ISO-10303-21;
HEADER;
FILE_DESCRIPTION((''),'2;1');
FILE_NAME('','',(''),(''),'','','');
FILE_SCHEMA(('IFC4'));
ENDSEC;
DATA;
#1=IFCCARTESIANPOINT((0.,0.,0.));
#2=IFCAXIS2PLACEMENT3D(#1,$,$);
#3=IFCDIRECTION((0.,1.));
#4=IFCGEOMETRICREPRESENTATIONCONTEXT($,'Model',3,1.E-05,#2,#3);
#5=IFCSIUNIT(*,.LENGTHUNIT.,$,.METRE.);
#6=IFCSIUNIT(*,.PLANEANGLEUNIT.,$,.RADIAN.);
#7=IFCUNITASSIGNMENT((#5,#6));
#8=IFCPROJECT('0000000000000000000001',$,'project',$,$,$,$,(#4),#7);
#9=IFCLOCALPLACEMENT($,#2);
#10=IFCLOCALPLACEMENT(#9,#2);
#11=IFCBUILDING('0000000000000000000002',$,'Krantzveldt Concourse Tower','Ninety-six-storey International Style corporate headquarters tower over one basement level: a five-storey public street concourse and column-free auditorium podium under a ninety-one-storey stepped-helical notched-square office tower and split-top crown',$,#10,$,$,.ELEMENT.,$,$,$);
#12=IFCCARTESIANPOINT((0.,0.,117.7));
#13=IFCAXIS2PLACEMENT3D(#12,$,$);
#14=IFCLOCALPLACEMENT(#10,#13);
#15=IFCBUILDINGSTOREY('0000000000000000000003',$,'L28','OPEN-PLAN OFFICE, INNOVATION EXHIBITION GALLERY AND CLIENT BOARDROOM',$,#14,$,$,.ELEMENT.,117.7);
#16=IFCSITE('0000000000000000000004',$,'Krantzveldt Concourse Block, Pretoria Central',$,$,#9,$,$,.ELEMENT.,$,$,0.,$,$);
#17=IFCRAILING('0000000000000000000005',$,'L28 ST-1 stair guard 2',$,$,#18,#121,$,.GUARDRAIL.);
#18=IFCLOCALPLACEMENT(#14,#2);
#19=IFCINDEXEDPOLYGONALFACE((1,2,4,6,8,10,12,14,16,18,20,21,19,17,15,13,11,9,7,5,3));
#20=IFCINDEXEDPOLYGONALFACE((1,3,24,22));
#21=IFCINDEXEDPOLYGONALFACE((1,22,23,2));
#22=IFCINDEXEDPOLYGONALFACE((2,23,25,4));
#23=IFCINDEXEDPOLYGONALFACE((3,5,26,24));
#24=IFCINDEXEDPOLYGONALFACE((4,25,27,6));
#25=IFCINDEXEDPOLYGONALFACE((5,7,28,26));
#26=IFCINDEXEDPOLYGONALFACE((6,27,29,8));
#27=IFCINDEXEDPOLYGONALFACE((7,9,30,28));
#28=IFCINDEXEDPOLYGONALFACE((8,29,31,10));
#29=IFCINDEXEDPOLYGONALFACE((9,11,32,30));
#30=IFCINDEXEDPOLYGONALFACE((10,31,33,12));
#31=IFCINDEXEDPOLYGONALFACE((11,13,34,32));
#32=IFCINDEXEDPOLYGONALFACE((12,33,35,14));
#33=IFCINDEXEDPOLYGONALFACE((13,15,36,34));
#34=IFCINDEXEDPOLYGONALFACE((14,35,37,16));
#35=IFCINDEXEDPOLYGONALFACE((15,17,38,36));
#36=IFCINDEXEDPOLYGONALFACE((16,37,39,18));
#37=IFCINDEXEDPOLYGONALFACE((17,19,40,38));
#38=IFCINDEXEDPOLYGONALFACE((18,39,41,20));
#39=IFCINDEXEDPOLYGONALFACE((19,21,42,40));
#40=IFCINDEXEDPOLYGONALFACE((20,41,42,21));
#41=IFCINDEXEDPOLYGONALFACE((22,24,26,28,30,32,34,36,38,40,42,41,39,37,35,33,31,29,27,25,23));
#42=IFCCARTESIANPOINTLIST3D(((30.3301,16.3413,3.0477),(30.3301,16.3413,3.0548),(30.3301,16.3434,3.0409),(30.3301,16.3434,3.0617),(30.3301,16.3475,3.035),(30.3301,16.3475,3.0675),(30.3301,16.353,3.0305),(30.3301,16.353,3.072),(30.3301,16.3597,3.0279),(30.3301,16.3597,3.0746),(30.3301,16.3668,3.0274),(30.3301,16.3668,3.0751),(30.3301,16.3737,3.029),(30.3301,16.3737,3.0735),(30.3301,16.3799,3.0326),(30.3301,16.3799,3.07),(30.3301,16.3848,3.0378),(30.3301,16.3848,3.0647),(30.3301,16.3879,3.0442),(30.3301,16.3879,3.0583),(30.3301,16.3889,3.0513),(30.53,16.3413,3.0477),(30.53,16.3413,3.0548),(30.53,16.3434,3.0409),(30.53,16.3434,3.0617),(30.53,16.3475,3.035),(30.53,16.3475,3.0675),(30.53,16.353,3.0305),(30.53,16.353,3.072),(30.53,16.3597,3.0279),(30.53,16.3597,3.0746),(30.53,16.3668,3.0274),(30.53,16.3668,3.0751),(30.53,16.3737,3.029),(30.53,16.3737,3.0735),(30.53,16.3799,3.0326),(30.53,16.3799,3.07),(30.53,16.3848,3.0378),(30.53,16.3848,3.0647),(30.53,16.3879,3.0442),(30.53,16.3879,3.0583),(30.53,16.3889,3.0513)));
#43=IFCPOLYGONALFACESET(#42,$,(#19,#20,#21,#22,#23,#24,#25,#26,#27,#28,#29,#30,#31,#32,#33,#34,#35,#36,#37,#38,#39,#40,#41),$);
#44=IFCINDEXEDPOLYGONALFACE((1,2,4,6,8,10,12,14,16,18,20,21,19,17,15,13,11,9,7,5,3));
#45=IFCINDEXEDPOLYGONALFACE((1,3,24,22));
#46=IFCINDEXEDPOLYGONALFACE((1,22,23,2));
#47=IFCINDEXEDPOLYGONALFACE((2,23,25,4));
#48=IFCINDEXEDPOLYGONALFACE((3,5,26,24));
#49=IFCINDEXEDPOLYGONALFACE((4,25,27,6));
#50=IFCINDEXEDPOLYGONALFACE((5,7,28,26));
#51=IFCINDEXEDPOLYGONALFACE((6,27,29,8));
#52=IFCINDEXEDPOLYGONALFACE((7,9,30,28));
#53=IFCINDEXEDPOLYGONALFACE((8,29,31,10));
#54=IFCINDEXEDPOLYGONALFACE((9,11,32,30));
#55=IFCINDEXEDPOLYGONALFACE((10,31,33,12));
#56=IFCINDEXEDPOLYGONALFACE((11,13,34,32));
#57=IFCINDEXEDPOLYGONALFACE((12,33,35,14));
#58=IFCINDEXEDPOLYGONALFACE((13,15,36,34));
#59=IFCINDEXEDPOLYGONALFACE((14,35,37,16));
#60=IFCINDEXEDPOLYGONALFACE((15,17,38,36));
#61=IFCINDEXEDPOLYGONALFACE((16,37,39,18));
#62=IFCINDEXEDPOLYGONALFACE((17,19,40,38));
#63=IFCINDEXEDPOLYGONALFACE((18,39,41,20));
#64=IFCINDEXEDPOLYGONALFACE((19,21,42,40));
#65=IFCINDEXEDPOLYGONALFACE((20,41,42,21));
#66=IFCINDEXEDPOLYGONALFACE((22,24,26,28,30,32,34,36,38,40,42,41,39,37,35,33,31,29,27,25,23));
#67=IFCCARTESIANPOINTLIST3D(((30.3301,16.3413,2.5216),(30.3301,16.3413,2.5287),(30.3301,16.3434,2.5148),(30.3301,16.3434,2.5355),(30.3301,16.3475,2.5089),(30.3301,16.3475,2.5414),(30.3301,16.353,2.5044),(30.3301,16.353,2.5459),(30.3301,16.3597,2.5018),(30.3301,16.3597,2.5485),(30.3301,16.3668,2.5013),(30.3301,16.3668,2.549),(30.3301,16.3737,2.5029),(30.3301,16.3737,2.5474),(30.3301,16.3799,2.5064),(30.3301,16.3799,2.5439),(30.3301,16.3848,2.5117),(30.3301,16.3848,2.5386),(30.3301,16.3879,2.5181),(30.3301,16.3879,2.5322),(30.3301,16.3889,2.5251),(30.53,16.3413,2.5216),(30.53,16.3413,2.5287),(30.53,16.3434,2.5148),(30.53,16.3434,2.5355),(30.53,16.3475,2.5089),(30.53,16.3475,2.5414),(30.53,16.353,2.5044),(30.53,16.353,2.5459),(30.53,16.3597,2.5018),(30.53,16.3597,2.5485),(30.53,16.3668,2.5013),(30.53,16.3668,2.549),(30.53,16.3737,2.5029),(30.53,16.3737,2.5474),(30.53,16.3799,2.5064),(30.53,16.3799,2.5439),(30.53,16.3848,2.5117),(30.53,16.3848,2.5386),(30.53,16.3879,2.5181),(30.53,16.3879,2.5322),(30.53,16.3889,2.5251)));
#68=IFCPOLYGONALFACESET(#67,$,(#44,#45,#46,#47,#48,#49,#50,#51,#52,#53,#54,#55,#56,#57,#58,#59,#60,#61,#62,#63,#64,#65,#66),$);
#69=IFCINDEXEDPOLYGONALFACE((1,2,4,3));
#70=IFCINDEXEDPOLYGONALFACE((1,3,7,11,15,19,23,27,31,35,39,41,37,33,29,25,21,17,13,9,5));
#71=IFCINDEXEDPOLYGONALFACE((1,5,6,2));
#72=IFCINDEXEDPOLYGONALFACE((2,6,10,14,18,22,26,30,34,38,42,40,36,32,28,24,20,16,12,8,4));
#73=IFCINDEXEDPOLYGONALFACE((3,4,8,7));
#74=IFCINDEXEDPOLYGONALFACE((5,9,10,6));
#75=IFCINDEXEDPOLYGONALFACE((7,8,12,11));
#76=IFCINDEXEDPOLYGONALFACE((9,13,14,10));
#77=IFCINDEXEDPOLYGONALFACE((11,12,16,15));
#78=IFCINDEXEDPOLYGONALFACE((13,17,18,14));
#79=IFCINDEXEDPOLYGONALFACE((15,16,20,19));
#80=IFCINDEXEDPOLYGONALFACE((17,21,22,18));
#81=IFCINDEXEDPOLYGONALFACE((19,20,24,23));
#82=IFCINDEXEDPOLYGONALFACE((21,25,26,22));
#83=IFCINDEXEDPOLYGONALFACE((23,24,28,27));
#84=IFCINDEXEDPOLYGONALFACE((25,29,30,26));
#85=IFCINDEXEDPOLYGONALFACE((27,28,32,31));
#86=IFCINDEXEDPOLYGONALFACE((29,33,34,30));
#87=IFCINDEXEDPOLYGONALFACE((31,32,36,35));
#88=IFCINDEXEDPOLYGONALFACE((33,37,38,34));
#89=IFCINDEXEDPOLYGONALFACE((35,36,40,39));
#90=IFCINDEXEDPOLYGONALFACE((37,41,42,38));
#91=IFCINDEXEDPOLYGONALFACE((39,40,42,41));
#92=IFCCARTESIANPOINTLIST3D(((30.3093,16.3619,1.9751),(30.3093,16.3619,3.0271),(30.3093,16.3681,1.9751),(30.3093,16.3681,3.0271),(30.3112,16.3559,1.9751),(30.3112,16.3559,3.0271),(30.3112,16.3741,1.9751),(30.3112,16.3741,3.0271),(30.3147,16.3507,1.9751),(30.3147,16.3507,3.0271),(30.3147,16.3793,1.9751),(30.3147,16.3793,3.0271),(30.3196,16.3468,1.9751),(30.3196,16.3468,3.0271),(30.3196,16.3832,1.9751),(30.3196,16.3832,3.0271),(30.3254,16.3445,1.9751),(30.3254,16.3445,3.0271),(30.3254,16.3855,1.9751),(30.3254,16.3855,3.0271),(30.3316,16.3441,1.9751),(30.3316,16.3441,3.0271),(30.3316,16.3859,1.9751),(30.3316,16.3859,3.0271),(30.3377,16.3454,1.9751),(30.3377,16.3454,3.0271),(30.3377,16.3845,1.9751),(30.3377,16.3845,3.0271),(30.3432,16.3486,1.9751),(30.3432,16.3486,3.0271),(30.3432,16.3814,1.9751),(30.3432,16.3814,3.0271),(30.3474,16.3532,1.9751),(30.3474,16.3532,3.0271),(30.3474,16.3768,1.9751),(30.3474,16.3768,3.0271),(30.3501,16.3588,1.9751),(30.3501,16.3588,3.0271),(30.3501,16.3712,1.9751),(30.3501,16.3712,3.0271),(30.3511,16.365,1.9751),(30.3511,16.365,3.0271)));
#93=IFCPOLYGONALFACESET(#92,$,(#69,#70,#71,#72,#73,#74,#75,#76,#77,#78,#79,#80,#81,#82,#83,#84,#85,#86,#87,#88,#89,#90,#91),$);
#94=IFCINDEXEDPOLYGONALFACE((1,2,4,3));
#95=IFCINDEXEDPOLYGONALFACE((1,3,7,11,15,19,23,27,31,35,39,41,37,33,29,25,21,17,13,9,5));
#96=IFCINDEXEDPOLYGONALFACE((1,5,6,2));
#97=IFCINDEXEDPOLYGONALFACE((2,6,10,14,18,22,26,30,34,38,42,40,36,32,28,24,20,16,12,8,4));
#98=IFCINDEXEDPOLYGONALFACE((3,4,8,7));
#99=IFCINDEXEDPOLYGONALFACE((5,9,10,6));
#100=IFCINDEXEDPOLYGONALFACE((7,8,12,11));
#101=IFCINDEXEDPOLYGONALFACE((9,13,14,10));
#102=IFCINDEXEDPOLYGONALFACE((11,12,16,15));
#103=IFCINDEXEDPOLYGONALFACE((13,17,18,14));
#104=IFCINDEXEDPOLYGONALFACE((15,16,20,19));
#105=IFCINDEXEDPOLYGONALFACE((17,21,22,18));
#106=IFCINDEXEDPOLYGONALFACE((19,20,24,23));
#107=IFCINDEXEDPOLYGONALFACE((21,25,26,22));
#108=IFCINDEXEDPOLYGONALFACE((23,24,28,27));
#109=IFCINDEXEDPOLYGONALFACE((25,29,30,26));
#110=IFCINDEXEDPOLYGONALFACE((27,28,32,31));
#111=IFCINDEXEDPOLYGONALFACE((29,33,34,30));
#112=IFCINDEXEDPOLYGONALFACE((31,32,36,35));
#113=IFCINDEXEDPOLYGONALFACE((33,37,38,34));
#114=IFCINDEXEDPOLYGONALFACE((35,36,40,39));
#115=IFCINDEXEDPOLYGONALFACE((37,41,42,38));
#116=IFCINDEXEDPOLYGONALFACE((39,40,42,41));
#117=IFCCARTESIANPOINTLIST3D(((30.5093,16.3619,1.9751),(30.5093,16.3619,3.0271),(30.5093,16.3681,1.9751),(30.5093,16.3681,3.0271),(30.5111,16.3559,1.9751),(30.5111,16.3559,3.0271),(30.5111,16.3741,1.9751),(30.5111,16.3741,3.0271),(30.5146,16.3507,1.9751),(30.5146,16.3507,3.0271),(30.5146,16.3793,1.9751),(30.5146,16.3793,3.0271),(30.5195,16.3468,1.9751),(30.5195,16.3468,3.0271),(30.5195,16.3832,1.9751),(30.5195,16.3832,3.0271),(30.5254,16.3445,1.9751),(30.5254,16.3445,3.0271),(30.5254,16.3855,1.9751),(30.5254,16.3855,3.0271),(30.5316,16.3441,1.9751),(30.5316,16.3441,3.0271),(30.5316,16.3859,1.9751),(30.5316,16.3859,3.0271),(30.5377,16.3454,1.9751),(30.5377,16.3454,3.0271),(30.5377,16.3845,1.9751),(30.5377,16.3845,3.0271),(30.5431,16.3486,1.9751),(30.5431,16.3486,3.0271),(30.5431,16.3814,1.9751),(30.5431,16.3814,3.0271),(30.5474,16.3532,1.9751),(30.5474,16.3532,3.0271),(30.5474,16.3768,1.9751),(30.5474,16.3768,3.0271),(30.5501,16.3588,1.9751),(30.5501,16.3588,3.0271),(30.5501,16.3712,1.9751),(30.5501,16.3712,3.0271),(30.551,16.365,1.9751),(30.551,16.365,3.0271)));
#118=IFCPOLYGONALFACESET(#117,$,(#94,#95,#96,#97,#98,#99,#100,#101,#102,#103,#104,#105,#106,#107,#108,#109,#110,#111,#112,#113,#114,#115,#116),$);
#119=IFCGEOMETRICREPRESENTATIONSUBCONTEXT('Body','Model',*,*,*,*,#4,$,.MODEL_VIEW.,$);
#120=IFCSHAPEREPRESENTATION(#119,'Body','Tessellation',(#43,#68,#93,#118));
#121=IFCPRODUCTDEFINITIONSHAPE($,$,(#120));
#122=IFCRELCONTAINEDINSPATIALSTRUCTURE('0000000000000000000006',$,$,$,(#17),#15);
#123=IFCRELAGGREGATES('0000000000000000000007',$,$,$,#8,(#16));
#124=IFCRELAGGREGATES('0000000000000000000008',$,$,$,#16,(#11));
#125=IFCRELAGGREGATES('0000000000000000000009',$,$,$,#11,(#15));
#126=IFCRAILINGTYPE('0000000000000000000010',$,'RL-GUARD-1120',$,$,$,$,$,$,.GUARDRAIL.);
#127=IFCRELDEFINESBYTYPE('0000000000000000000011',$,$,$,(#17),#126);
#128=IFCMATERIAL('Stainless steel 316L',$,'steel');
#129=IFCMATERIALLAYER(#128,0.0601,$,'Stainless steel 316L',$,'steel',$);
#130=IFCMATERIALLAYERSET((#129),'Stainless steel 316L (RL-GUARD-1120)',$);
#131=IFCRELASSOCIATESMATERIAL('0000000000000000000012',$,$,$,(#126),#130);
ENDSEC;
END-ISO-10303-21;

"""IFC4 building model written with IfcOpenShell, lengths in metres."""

from ifc_helpers import new_model, si_unit, direction, frame, origin, origin_2d, place, context, subcontext, project, spatial, circle, extrude, material, layer, layer_set, type_object, element, save


model = new_model("IFC4")

# Units and contexts
model_context = context("Model", 3, precision=1e-05, world=origin(), true_north=direction((0.0, 1.0)))
body_context = subcontext(model_context, "Body", "Model", "MODEL_VIEW")
ifc_project = project(units=[si_unit("LENGTHUNIT", "METRE"), si_unit("PLANEANGLEUNIT", "RADIAN")], contexts=[model_context])

# Site, building, storey
site_placement = place(None, origin())
site = spatial("IfcSite", under=ifc_project, at=site_placement, Name="Krantzveldt Concourse Block, Pretoria Central", CompositionType="ELEMENT", RefElevation=0.0)
building_placement = place(site_placement, origin())
building = spatial("IfcBuilding", under=site, at=building_placement, Name="Krantzveldt Concourse Tower", Description="Ninety-six-storey International Style corporate headquarters tower over one basement level: a five-storey public street concourse and column-free auditorium podium under a ninety-one-storey stepped-helical notched-square office tower and split-top crown", CompositionType="ELEMENT")
storey_placement = place(building_placement, frame((0.0, 0.0, 117.7)))
storey = spatial("IfcBuildingStorey", under=building, at=storey_placement, Name="L28", Description="OPEN-PLAN OFFICE, INNOVATION EXHIBITION GALLERY AND CLIENT BOARDROOM", CompositionType="ELEMENT", Elevation=117.7)

# Shared definitions
ifc_material_1 = material(Name="Stainless steel 316L", Category="steel")

# Railing
ifc_layer_1 = layer(ifc_material_1, 0.0601, Name="Stainless steel 316L", Category="steel")
ifc_layer_set_1 = layer_set([ifc_layer_1], Name="Stainless steel 316L (RL-GUARD-1120)")
railing_type_1 = type_object("IfcRailingType", Name="RL-GUARD-1120", PredefinedType="GUARDRAIL", material=ifc_layer_set_1)
railing_1_placement = place(storey_placement, frame((30.3301, 16.365, 1.9751)))
element("IfcRailing", 1, at=railing_1_placement, inside=storey, type_object=railing_type_1, Name="L28 ST-1 stair guard 2", PredefinedType="GUARDRAIL", context=body_context, shape_type="SweptSolid", body=[
    extrude(circle(Radius=0.0239, at=origin_2d()), frame((0.0, 0.0, 1.0762), z_axis=(1.0, 0.0, 0.0), x_axis=(0.0, 1.0, 0.0)), (0.0, 0.0, 1.0), 0.2),
    extrude(circle(Radius=0.0239, at=origin_2d()), frame((0.0, 0.0, 0.55), z_axis=(1.0, 0.0, 0.0), x_axis=(0.0, 1.0, 0.0)), (0.0, 0.0, 1.0), 0.2),
    extrude(circle(Radius=0.021, at=origin_2d()), origin(), (0.0, 0.0, 1.0), 1.052),
    extrude(circle(Radius=0.021, at=origin_2d()), frame((0.2, 0.0, 0.0)), (0.0, 0.0, 1.0), 1.052),
])

save(model, "model.ifc")
